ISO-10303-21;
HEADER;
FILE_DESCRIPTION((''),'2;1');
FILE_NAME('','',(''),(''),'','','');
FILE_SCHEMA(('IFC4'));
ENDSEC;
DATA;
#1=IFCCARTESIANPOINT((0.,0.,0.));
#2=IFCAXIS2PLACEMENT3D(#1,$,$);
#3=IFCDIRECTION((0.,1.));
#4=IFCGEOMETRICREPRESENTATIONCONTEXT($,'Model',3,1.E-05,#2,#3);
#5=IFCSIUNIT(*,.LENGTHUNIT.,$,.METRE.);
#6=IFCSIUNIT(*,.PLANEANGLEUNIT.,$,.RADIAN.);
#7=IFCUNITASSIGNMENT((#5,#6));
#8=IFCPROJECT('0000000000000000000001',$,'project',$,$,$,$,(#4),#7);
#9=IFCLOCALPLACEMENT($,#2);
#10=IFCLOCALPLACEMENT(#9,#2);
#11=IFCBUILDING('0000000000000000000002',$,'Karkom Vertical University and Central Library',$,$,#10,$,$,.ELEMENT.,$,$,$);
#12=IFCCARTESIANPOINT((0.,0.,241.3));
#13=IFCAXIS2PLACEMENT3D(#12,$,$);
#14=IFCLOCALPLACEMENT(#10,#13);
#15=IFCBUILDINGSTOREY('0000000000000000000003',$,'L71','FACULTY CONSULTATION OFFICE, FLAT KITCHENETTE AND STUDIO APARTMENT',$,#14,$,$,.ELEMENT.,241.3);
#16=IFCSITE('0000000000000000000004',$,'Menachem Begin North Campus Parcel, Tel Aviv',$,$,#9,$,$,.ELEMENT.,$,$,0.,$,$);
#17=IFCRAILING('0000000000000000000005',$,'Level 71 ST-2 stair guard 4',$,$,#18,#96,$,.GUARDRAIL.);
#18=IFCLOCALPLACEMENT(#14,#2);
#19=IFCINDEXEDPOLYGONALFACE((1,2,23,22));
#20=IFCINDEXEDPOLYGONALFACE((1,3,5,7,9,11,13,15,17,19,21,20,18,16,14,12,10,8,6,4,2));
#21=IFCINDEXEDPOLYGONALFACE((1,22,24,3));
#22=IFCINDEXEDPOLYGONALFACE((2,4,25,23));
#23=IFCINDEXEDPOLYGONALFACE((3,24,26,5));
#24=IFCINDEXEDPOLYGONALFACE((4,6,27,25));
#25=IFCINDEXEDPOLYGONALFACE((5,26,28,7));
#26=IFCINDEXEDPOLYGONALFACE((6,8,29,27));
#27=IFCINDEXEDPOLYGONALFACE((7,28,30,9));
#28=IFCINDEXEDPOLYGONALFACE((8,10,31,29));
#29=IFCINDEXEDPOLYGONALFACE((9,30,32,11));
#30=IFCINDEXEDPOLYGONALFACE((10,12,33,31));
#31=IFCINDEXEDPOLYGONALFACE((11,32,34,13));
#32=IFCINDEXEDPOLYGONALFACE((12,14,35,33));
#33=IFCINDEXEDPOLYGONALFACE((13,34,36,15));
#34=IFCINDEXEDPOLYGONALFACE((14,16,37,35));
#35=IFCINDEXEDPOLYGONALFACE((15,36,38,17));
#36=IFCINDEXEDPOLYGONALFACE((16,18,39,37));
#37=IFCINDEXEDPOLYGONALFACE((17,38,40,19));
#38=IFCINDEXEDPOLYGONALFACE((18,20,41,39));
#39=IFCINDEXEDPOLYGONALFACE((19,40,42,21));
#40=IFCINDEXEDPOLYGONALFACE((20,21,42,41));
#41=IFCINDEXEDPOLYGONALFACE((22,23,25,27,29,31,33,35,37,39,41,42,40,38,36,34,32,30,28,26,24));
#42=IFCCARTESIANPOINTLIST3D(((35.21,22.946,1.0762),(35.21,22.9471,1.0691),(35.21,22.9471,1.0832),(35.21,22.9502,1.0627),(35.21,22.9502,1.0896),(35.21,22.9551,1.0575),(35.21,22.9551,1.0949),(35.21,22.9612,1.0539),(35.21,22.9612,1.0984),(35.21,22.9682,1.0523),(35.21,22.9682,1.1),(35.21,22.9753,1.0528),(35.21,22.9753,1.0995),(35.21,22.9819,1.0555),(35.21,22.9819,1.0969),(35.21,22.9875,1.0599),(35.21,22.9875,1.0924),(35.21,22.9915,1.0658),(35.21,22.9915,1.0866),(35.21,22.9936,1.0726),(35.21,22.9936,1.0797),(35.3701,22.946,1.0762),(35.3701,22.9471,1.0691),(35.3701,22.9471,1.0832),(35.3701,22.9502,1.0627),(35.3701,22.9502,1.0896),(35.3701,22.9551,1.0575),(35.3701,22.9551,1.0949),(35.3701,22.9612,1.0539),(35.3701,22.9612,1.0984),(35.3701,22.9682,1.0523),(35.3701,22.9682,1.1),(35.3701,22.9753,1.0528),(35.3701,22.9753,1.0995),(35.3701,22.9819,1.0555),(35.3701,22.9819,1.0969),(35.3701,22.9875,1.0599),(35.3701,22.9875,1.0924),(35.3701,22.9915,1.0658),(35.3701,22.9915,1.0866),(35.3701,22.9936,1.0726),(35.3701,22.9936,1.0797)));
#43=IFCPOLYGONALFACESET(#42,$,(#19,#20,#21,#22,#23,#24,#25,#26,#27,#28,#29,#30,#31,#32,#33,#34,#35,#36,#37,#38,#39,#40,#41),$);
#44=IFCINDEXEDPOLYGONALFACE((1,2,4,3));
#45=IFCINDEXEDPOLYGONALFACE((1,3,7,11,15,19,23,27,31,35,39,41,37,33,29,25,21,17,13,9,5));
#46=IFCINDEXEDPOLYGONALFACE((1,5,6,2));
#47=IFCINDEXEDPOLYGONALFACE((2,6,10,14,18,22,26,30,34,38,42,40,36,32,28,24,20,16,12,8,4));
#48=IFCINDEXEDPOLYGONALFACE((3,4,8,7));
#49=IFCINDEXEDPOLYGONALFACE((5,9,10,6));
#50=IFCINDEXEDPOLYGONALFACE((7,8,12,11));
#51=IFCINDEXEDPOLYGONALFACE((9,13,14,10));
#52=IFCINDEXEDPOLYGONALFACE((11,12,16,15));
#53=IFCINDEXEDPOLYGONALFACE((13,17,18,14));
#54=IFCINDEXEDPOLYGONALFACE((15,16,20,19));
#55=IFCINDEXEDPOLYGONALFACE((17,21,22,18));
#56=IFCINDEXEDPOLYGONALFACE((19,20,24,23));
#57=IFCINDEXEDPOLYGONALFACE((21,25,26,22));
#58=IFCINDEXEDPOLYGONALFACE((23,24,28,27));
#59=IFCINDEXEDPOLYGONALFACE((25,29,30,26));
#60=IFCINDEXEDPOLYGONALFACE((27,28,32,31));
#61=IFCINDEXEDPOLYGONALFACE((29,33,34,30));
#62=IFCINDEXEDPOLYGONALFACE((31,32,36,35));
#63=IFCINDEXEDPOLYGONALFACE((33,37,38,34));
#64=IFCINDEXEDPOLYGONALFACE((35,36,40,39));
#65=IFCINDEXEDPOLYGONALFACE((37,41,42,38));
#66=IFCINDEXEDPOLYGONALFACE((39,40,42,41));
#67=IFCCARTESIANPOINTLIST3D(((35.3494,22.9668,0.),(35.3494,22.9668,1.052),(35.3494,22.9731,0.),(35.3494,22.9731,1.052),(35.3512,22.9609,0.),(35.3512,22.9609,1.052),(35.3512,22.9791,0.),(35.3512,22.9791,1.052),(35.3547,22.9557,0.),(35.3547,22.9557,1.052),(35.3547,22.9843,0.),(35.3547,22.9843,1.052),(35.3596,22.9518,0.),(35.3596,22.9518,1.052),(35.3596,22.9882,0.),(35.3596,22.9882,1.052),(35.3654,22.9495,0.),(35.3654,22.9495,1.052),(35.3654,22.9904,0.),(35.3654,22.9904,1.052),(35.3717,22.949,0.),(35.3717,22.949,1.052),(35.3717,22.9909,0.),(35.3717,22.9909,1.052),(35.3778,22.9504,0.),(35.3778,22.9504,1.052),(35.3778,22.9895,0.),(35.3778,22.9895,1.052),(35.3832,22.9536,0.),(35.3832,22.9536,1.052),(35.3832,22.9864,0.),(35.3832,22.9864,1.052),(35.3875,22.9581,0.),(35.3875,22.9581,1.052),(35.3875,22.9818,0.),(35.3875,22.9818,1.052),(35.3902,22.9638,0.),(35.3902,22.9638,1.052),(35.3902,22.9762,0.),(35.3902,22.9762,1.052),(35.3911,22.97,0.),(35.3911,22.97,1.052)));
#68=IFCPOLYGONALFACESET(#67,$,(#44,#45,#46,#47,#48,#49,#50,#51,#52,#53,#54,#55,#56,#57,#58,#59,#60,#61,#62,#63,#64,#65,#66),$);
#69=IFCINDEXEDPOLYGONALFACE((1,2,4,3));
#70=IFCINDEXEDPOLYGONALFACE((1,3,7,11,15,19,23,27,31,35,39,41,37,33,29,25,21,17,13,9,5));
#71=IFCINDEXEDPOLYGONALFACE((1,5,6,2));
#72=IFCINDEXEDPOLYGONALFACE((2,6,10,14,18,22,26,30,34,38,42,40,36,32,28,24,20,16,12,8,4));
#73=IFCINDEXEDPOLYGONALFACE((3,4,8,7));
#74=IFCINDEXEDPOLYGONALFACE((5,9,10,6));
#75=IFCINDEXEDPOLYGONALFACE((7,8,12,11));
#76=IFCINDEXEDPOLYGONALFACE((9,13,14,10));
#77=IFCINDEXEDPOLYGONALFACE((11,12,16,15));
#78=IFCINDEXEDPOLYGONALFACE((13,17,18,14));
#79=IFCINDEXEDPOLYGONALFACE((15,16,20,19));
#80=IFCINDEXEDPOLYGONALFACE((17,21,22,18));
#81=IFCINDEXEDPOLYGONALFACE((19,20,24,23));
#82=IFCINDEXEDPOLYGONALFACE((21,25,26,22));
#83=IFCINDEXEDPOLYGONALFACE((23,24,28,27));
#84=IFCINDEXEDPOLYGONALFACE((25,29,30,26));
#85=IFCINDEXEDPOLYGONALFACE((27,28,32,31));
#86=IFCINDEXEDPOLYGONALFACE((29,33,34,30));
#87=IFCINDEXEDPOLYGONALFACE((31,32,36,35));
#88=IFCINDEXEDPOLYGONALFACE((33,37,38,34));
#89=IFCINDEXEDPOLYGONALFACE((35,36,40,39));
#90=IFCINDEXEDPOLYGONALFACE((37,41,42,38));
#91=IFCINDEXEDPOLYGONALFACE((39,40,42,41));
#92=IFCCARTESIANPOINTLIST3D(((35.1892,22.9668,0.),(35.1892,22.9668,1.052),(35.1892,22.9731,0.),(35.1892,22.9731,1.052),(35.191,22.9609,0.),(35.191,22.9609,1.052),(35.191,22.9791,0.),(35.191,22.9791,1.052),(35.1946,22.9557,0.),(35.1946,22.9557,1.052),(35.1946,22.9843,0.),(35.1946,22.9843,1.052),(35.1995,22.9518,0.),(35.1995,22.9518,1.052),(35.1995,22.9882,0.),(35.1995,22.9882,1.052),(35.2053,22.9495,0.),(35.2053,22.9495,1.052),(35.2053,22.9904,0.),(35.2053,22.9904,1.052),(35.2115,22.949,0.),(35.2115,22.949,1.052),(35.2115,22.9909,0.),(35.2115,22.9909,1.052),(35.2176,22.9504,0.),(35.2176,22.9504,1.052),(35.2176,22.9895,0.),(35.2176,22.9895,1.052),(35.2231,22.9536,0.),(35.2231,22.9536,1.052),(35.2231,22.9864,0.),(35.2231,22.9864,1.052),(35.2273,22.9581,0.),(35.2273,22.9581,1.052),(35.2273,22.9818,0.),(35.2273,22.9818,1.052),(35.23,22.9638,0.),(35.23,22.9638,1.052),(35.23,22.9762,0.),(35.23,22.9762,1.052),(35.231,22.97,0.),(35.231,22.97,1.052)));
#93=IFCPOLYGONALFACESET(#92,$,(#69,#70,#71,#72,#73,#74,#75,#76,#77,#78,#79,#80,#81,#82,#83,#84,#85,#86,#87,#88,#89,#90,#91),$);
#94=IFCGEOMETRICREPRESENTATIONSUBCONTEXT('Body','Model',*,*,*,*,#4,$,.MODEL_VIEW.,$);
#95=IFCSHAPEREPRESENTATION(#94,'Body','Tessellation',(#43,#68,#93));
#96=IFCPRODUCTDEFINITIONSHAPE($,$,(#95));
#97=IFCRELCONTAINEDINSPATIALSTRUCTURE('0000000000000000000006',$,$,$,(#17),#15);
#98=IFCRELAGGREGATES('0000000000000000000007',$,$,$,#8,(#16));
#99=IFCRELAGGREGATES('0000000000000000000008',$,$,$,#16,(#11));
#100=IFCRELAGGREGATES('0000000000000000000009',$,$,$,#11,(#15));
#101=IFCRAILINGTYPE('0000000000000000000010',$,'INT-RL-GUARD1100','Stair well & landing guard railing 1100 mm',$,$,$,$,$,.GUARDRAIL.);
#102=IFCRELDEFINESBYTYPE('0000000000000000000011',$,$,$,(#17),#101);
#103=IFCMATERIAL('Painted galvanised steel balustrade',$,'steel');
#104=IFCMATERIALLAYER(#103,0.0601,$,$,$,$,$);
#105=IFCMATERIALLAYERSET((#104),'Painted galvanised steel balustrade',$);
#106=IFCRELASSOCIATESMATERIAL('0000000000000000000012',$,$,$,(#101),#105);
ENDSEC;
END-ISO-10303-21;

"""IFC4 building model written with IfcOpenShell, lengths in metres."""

from ifc_helpers import new_model, si_unit, direction, frame, origin, origin_2d, place, context, subcontext, project, spatial, circle, extrude, material, layer, layer_set, type_object, element, save


model = new_model("IFC4")

# Units and contexts
model_context = context("Model", 3, precision=1e-05, world=origin(), true_north=direction((0.0, 1.0)))
body_context = subcontext(model_context, "Body", "Model", "MODEL_VIEW")
ifc_project = project(units=[si_unit("LENGTHUNIT", "METRE"), si_unit("PLANEANGLEUNIT", "RADIAN")], contexts=[model_context])

# Site, building, storey
site_placement = place(None, origin())
site = spatial("IfcSite", under=ifc_project, at=site_placement, Name="Menachem Begin North Campus Parcel, Tel Aviv", CompositionType="ELEMENT", RefElevation=0.0)
building_placement = place(site_placement, origin())
building = spatial("IfcBuilding", under=site, at=building_placement, Name="Karkom Vertical University and Central Library", CompositionType="ELEMENT")
storey_placement = place(building_placement, frame((0.0, 0.0, 241.3)))
storey = spatial("IfcBuildingStorey", under=building, at=storey_placement, Name="L71", Description="FACULTY CONSULTATION OFFICE, FLAT KITCHENETTE AND STUDIO APARTMENT", CompositionType="ELEMENT", Elevation=241.3)

# Railing
ifc_material_1 = material(Name="Painted galvanised steel balustrade", Category="steel")
ifc_layer_1 = layer(ifc_material_1, 0.0601)
ifc_layer_set_1 = layer_set([ifc_layer_1], Name="Painted galvanised steel balustrade")
railing_type_1 = type_object("IfcRailingType", Name="INT-RL-GUARD1100", Description="Stair well & landing guard railing 1100 mm", PredefinedType="GUARDRAIL", material=ifc_layer_set_1)
railing_1_placement = place(storey_placement, frame((35.3701, 22.97, 0.0)))
element("IfcRailing", 1, at=railing_1_placement, inside=storey, type_object=railing_type_1, Name="Level 71 ST-2 stair guard 4", PredefinedType="GUARDRAIL", context=body_context, shape_type="SweptSolid", body=[
    extrude(circle(Radius=0.0239, at=origin_2d()), frame((0.0, 0.0, 1.0762), z_axis=(-1.0, 0.0, 0.0), x_axis=(0.0, -1.0, 0.0)), (0.0, 0.0, 1.0), 0.1602),
    extrude(circle(Radius=0.021, at=origin_2d()), origin(), (0.0, 0.0, 1.0), 1.052),
    extrude(circle(Radius=0.021, at=origin_2d()), frame((-0.1602, 0.0, 0.0)), (0.0, 0.0, 1.0), 1.052),
])

save(model, "model.ifc")
